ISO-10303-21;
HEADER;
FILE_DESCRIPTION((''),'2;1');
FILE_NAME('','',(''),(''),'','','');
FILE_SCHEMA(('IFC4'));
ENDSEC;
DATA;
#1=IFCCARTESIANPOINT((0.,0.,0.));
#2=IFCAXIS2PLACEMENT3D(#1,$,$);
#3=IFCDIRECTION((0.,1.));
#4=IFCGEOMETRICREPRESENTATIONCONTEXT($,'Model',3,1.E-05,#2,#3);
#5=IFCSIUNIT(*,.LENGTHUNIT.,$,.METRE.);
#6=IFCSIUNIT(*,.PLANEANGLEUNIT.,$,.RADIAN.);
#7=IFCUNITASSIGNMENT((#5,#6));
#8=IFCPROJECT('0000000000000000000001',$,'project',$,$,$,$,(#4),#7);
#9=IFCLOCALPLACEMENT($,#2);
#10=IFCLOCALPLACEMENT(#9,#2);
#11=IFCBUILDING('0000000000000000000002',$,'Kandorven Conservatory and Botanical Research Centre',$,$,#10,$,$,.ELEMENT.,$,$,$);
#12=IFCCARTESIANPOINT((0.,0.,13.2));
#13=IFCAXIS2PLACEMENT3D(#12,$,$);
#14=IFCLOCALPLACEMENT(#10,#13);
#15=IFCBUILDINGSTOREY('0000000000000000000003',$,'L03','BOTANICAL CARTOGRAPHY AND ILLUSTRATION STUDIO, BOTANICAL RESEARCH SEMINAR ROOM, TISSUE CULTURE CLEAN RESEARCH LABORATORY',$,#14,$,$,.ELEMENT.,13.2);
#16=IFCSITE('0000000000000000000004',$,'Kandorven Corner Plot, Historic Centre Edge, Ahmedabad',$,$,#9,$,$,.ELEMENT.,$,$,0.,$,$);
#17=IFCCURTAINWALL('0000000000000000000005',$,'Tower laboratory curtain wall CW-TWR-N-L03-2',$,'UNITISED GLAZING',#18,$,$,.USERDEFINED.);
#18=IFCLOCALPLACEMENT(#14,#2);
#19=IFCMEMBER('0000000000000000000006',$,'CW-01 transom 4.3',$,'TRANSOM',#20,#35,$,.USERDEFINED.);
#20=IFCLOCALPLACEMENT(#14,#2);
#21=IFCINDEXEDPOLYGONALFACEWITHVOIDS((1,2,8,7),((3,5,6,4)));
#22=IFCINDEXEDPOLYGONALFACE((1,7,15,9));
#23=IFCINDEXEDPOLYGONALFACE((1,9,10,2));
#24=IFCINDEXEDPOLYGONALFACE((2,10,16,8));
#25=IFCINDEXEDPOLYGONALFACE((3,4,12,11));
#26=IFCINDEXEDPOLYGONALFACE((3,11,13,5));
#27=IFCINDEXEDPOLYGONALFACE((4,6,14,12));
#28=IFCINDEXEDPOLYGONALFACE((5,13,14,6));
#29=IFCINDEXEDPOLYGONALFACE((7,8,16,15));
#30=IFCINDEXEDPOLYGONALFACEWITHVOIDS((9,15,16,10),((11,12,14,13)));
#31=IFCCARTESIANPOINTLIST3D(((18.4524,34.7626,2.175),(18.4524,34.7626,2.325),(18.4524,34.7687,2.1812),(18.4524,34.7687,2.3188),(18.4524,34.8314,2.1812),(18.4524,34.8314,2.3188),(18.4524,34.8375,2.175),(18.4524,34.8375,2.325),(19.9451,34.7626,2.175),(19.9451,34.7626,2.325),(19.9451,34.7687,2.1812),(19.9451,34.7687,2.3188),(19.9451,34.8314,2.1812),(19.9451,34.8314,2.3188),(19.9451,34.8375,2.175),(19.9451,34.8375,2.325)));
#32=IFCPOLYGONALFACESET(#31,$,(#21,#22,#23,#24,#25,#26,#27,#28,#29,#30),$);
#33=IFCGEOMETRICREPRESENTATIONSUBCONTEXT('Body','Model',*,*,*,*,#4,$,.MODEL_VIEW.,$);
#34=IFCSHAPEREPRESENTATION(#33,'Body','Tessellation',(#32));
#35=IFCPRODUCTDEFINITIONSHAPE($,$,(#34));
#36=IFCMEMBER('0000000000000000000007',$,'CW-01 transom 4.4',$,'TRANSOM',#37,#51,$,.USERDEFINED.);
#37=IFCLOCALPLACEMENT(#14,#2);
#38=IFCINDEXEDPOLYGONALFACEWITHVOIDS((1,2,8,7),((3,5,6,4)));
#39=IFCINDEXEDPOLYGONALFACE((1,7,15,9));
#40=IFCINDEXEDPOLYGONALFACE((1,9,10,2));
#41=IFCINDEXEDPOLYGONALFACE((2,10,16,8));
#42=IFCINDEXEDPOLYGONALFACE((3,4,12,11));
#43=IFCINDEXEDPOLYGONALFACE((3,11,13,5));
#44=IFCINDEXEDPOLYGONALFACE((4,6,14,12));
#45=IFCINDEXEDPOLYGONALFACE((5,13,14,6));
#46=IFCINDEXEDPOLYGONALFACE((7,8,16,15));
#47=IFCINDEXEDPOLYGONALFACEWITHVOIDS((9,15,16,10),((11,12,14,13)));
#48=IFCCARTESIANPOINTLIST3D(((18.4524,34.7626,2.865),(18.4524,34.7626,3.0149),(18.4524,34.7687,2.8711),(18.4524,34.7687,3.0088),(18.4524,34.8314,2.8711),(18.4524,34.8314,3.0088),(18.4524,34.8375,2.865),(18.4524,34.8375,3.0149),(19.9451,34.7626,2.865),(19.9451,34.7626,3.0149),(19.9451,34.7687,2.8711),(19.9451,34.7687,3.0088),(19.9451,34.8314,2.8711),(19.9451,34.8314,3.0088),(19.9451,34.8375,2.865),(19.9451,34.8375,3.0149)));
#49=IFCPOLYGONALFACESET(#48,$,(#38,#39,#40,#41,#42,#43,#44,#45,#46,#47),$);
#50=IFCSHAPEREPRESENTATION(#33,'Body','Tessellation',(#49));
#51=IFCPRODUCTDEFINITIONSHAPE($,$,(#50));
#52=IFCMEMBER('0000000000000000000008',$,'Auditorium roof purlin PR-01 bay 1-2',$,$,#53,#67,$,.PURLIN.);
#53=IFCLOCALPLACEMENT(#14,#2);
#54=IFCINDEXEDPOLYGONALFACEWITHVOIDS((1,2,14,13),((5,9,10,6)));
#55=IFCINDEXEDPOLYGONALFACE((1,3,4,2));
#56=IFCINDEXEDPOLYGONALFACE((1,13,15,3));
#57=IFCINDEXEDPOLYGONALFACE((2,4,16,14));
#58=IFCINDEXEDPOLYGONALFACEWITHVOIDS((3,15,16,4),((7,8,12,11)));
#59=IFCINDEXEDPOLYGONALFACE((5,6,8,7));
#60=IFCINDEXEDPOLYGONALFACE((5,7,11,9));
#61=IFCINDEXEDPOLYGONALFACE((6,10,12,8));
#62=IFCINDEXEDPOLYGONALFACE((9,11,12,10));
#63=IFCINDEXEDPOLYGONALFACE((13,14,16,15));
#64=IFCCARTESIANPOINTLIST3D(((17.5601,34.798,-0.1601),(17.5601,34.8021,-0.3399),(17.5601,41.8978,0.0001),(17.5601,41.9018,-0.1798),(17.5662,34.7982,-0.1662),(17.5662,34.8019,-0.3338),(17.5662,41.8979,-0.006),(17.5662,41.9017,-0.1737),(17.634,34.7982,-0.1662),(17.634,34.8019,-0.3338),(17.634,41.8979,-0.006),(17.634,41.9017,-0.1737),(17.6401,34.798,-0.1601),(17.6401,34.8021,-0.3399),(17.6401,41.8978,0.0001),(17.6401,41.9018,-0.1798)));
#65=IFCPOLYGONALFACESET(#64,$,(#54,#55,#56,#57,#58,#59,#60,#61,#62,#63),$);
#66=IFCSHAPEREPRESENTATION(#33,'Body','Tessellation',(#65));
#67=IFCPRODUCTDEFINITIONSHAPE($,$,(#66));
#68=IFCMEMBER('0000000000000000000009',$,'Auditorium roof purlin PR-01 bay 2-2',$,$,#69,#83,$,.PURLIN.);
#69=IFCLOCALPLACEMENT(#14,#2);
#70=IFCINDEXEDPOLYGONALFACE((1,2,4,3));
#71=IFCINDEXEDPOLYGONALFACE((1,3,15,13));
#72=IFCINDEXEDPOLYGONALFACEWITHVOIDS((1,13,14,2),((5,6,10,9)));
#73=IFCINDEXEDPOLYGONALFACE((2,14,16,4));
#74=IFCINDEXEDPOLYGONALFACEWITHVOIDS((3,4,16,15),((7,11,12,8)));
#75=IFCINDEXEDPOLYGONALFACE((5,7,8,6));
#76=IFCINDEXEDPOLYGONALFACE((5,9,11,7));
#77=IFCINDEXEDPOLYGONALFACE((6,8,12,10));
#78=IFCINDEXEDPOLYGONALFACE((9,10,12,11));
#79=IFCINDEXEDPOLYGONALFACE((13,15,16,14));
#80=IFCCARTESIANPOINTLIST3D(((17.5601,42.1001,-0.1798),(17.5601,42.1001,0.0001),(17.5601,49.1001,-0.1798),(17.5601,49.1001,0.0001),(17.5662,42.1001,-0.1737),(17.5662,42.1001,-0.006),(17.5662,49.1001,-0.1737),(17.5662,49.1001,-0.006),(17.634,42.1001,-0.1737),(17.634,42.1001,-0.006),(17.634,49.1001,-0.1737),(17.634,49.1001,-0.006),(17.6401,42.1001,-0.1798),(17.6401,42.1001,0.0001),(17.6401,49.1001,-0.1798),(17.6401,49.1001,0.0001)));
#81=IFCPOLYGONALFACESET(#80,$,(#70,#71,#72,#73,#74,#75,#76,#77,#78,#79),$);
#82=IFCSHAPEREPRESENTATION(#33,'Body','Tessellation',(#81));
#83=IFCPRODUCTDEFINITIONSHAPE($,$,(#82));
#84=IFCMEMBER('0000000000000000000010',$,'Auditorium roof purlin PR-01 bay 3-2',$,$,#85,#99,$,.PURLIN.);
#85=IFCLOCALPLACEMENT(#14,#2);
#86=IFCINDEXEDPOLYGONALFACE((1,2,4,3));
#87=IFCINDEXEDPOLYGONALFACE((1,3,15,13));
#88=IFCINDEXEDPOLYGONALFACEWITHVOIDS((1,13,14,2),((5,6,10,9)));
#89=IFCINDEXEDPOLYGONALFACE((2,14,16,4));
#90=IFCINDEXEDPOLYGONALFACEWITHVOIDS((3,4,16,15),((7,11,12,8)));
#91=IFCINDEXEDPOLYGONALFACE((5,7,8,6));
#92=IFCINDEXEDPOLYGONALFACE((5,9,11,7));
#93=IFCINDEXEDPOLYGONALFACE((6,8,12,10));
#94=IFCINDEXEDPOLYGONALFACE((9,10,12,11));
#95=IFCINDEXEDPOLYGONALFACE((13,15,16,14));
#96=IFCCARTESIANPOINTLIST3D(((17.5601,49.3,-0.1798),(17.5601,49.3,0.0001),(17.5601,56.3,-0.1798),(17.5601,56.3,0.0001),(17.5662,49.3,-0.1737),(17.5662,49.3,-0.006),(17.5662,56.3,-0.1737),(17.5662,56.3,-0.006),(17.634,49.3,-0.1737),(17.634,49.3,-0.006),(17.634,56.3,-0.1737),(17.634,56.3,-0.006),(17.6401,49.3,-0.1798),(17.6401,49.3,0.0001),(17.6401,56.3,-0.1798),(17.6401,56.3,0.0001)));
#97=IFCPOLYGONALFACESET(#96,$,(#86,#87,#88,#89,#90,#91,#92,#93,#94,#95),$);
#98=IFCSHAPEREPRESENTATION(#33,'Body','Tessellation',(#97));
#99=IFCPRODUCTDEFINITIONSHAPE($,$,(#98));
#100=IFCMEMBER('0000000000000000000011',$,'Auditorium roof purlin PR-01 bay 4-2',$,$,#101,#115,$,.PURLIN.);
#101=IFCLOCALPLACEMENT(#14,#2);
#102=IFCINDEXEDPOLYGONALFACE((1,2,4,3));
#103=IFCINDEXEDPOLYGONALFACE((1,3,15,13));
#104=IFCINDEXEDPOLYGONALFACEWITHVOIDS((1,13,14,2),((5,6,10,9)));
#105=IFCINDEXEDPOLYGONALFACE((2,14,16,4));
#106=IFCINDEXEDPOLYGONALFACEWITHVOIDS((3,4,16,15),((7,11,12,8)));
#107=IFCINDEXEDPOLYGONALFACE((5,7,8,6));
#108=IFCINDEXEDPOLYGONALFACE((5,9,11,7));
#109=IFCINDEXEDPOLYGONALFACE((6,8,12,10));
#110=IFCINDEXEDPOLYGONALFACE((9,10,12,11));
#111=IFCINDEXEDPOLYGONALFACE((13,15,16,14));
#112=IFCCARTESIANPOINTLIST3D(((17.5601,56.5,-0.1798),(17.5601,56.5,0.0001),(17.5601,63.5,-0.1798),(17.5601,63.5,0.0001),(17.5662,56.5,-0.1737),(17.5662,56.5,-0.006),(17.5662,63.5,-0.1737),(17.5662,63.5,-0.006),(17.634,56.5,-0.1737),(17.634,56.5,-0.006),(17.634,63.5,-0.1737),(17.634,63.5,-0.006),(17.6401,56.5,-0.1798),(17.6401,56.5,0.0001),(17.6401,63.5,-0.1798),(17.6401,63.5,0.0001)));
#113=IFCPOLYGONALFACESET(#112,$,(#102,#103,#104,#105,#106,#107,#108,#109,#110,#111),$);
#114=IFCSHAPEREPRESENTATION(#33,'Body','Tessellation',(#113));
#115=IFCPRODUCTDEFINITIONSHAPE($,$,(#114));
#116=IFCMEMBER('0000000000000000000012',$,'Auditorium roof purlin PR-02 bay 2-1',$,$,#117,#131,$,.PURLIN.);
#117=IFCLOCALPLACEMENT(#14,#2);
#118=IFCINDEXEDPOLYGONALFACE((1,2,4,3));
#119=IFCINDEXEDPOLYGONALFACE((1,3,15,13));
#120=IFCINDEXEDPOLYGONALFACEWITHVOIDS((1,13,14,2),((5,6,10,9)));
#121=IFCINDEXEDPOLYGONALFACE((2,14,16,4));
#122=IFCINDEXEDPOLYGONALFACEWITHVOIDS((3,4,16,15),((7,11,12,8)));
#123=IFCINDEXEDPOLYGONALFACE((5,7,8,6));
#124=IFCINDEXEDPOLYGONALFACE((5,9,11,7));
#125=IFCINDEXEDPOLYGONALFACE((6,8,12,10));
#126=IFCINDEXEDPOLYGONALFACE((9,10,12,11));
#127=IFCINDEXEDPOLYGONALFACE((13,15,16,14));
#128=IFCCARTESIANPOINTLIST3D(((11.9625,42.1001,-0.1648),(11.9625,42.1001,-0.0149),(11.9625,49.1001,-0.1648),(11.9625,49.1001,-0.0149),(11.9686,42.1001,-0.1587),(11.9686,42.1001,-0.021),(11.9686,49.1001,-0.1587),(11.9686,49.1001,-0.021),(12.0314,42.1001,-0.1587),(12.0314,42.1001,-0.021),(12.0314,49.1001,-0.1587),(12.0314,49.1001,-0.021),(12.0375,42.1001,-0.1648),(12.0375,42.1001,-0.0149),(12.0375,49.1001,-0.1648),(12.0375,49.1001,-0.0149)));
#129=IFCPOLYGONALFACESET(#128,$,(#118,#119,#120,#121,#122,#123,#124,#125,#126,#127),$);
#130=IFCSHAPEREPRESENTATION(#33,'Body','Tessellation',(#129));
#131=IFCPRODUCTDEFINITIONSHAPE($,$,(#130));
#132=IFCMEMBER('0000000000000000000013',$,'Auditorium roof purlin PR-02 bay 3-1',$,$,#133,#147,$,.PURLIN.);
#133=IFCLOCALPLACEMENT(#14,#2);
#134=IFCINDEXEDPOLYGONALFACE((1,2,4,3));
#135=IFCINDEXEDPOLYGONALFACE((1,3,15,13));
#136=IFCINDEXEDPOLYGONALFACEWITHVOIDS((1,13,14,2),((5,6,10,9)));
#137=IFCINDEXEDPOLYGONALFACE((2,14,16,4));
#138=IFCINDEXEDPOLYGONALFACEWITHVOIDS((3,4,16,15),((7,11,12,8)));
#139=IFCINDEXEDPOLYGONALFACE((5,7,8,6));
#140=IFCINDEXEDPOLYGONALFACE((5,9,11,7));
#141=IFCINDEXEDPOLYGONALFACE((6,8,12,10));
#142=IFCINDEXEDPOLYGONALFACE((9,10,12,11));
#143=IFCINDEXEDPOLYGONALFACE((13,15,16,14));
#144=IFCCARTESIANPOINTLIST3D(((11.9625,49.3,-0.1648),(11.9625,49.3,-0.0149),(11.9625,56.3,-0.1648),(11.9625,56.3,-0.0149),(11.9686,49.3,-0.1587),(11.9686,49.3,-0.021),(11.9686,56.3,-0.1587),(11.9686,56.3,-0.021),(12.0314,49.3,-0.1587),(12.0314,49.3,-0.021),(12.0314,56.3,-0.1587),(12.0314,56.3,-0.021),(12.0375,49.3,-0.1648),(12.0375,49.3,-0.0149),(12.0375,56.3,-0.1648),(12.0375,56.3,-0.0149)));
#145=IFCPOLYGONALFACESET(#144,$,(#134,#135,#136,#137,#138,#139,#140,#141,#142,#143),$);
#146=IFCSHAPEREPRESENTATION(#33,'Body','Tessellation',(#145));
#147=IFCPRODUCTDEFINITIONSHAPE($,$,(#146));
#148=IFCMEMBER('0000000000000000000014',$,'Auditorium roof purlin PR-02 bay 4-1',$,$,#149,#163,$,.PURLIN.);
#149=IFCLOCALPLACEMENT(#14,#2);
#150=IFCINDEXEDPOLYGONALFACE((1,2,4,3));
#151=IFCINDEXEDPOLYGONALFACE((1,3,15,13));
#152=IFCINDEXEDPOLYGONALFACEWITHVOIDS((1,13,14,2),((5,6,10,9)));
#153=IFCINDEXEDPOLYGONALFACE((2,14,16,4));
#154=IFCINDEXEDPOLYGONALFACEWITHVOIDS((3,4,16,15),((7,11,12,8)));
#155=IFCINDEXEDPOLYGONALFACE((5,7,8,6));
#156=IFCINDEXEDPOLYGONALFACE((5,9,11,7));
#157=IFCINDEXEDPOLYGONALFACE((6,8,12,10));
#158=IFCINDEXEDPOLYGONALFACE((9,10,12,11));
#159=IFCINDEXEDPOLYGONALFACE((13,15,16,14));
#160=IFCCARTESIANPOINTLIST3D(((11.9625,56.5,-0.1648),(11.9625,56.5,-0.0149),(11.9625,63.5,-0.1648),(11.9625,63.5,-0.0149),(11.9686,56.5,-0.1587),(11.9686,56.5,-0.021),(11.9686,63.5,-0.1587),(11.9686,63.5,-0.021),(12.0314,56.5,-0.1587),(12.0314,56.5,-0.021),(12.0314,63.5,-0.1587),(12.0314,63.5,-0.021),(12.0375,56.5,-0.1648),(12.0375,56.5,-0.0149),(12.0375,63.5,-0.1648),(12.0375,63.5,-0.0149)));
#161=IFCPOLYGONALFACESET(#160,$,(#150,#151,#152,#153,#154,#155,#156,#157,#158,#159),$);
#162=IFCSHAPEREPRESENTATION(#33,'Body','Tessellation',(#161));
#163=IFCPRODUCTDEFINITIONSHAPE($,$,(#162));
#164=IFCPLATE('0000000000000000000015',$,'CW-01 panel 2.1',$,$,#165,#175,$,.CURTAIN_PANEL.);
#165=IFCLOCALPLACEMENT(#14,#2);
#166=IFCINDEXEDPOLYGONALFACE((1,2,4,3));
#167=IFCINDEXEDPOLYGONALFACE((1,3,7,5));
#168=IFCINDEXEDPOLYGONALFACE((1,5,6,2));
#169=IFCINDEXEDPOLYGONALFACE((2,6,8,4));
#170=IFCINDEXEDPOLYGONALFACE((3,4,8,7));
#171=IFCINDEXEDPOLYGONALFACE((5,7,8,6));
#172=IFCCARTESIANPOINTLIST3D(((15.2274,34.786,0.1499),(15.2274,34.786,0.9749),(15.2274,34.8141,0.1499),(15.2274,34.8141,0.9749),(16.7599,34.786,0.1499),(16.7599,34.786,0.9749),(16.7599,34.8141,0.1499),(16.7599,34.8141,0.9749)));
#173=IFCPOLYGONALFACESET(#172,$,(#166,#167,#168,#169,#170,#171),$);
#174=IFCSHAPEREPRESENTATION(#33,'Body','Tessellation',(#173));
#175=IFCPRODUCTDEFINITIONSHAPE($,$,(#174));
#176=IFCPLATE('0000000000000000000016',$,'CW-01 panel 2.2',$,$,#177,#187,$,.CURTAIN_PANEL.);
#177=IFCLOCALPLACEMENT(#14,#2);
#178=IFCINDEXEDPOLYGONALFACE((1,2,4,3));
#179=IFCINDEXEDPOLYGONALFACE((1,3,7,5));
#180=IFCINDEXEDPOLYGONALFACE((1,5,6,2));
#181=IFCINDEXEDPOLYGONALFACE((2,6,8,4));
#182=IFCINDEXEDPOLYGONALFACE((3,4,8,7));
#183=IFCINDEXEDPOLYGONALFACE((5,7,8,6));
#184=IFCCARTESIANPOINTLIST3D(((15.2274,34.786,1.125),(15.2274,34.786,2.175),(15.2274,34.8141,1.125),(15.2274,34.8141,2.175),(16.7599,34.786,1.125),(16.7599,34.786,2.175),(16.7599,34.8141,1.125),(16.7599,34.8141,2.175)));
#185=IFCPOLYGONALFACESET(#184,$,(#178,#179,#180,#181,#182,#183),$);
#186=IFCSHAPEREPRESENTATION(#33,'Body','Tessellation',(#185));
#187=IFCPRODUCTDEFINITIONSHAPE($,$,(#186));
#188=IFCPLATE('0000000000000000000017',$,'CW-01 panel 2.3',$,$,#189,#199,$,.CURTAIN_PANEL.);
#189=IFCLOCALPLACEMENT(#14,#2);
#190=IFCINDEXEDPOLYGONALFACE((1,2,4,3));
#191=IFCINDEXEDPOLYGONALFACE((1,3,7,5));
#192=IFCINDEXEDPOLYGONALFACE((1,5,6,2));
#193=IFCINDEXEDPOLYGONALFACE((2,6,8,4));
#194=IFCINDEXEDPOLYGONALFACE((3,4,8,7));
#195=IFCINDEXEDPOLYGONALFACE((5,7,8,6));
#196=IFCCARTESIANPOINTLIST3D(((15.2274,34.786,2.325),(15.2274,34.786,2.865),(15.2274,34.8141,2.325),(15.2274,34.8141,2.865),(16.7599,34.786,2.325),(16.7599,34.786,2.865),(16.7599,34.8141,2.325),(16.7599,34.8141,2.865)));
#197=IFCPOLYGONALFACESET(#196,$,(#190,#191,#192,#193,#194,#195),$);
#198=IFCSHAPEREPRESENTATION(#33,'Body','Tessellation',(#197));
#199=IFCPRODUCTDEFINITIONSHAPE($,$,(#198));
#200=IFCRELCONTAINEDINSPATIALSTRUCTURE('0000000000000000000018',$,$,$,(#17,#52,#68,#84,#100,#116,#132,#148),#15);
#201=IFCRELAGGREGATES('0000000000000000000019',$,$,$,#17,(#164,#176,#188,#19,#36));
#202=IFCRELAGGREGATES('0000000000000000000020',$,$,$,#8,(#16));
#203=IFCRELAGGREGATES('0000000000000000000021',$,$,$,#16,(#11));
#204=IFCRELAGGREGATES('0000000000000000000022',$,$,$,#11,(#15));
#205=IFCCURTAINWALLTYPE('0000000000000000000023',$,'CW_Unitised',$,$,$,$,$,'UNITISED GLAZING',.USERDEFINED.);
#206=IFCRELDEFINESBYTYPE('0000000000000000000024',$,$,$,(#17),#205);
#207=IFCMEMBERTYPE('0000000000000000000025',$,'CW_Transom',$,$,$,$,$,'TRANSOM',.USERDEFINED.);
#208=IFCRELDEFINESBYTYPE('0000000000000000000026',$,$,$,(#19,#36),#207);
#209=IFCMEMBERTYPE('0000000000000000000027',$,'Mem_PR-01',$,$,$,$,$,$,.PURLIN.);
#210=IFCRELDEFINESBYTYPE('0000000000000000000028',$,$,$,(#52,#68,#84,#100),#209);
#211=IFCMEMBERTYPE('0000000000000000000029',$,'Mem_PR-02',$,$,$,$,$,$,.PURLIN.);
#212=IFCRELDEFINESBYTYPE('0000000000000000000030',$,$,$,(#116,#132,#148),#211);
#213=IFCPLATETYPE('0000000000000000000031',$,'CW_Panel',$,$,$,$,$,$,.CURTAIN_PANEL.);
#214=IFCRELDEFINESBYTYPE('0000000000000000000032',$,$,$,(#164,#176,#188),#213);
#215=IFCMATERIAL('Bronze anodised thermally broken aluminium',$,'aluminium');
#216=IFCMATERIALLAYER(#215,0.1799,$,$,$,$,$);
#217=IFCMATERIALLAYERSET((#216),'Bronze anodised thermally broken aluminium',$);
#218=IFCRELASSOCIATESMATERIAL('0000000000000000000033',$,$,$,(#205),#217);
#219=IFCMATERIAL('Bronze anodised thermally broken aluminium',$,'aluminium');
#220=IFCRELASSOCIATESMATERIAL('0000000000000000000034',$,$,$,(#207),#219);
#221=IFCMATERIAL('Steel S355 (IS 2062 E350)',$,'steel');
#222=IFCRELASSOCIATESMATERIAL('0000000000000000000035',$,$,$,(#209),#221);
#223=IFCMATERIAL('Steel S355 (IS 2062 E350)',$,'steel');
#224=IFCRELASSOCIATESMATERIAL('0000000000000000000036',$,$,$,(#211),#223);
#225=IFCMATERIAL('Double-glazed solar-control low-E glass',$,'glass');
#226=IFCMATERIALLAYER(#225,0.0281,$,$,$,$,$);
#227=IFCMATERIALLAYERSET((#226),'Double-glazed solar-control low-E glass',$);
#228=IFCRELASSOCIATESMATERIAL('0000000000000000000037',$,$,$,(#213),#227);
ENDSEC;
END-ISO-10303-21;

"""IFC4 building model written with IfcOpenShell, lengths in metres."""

from ifc_helpers import new_model, si_unit, direction, frame, origin, origin_2d, place, context, subcontext, project, spatial, rectangle, hollow_rectangle, extrude, material, layer, layer_set, material_profile, profile_set, type_object, element, aggregate, save


model = new_model("IFC4")

# Units and contexts
model_context = context("Model", 3, precision=1e-05, world=origin(), true_north=direction((0.0, 1.0)))
body_context = subcontext(model_context, "Body", "Model", "MODEL_VIEW")
ifc_project = project(units=[si_unit("LENGTHUNIT", "METRE"), si_unit("PLANEANGLEUNIT", "RADIAN")], contexts=[model_context])

# Site, building, storey
site_placement = place(None, origin())
site = spatial("IfcSite", under=ifc_project, at=site_placement, Name="Kandorven Corner Plot, Historic Centre Edge, Ahmedabad", CompositionType="ELEMENT", RefElevation=0.0)
building_placement = place(site_placement, origin())
building = spatial("IfcBuilding", under=site, at=building_placement, Name="Kandorven Conservatory and Botanical Research Centre", CompositionType="ELEMENT")
storey_placement = place(building_placement, frame((0.0, 0.0, 13.2)))
storey = spatial("IfcBuildingStorey", under=building, at=storey_placement, Name="L03", Description="BOTANICAL CARTOGRAPHY AND ILLUSTRATION STUDIO, BOTANICAL RESEARCH SEMINAR ROOM, TISSUE CULTURE CLEAN RESEARCH LABORATORY", CompositionType="ELEMENT", Elevation=13.2)

# Curtain wall, members
ifc_material_1 = material(Name="Bronze anodised thermally broken aluminium", Category="aluminium")
ifc_layer_1 = layer(ifc_material_1, 0.1799)
ifc_layer_set_1 = layer_set([ifc_layer_1], Name="Bronze anodised thermally broken aluminium")
curtain_wall_type = type_object("IfcCurtainWallType", Name="CW_Unitised", ElementType="UNITISED GLAZING", PredefinedType="USERDEFINED", material=ifc_layer_set_1)
curtain_wall_placement = place(storey_placement, origin())
curtain_wall = element("IfcCurtainWall", 1, at=curtain_wall_placement, inside=storey, type_object=curtain_wall_type, Name="Tower laboratory curtain wall CW-TWR-N-L03-2", ObjectType="UNITISED GLAZING", PredefinedType="USERDEFINED")
ifc_material_2 = material(Name="Bronze anodised thermally broken aluminium", Category="aluminium")
ifc_material_profile_1 = material_profile(ifc_material_2, hollow_rectangle(XDim=0.075, YDim=0.1499, WallThickness=0.0061, at=origin_2d()))
ifc_profile_set_1 = profile_set([ifc_material_profile_1], Name="Bronze anodised thermally broken aluminium")
member_type_1 = type_object("IfcMemberType", Name="CW_Transom", ElementType="TRANSOM", PredefinedType="USERDEFINED", material=ifc_profile_set_1)
member_1_placement = place(storey_placement, frame((18.4524, 34.8, 2.25), z_axis=(1.0, 0.0, 0.0), x_axis=(0.0, 1.0, 0.0)))
member_1 = element("IfcMember", 2, at=member_1_placement, type_object=member_type_1, Name="CW-01 transom 4.3", ObjectType="TRANSOM", PredefinedType="USERDEFINED", context=body_context, shape_type="SweptSolid", body=[
    extrude(hollow_rectangle(XDim=0.075, YDim=0.1499, WallThickness=0.0061, at=origin_2d()), origin(), (0.0, 0.0, 1.0), 1.4927),
])
member_2_placement = place(storey_placement, frame((18.4524, 34.8, 2.9399), z_axis=(1.0, 0.0, 0.0), x_axis=(0.0, 1.0, 0.0)))
member_2 = element("IfcMember", 3, at=member_2_placement, type_object=member_type_1, Name="CW-01 transom 4.4", ObjectType="TRANSOM", PredefinedType="USERDEFINED", context=body_context, shape_type="SweptSolid", body=[
    extrude(hollow_rectangle(XDim=0.075, YDim=0.1499, WallThickness=0.0061, at=origin_2d()), origin(), (0.0, 0.0, 1.0), 1.4927),
])

# Members
ifc_material_3 = material(Name="Steel S355 (IS 2062 E350)", Category="steel")
ifc_material_profile_2 = material_profile(ifc_material_3, hollow_rectangle(XDim=0.0801, YDim=0.1799, WallThickness=0.0061, at=origin_2d()))
ifc_profile_set_2 = profile_set([ifc_material_profile_2], Name="Steel S355 (IS 2062 E350)")
member_type_2 = type_object("IfcMemberType", Name="Mem_PR-01", PredefinedType="PURLIN", material=ifc_profile_set_2)
member_3_placement = place(storey_placement, frame((17.6001, 34.8, -0.25), z_axis=(0.0, 0.999746, 0.022552), x_axis=(-1.0, 0.0, 0.0)))
element("IfcMember", 4, at=member_3_placement, inside=storey, type_object=member_type_2, Name="Auditorium roof purlin PR-01 bay 1-2", PredefinedType="PURLIN", context=body_context, shape_type="SweptSolid", body=[
    extrude(hollow_rectangle(XDim=0.0801, YDim=0.1799, WallThickness=0.0061, at=origin_2d()), origin(), (0.0, 0.0, 1.0), 7.1016),
])
for number, where, z_axis, x_axis, name in (
    (5, (17.6001, 42.1001, -0.0898), (0.0, 1.0, 0.0), (-1.0, 0.0, 0.0), "Auditorium roof purlin PR-01 bay 2-2"),
    (6, (17.6001, 49.3, -0.0898), (0.0, 1.0, 0.0), (-1.0, 0.0, 0.0), "Auditorium roof purlin PR-01 bay 3-2"),
    (7, (17.6001, 56.5, -0.0898), (0.0, 1.0, 0.0), (-1.0, 0.0, 0.0), "Auditorium roof purlin PR-01 bay 4-2"),
):
    element("IfcMember", number, at=place(storey_placement, frame(where, z_axis=z_axis, x_axis=x_axis)), inside=storey, type_object=member_type_2, Name=name, PredefinedType="PURLIN", context=body_context, shape_type="SweptSolid", body=[
        extrude(hollow_rectangle(XDim=0.0801, YDim=0.1799, WallThickness=0.0061, at=origin_2d()), origin(), (0.0, 0.0, 1.0), 7.0),
    ])
ifc_material_4 = material(Name="Steel S355 (IS 2062 E350)", Category="steel")
ifc_material_profile_3 = material_profile(ifc_material_4, hollow_rectangle(XDim=0.075, YDim=0.1499, WallThickness=0.0061, at=origin_2d()))
ifc_profile_set_3 = profile_set([ifc_material_profile_3], Name="Steel S355 (IS 2062 E350)")
member_type_3 = type_object("IfcMemberType", Name="Mem_PR-02", PredefinedType="PURLIN", material=ifc_profile_set_3)
for number, where, z_axis, x_axis, name in (
    (8, (12.0, 42.1001, -0.0898), (0.0, 1.0, 0.0), (-1.0, 0.0, 0.0), "Auditorium roof purlin PR-02 bay 2-1"),
    (9, (12.0, 49.3, -0.0898), (0.0, 1.0, 0.0), (-1.0, 0.0, 0.0), "Auditorium roof purlin PR-02 bay 3-1"),
    (10, (12.0, 56.5, -0.0898), (0.0, 1.0, 0.0), (-1.0, 0.0, 0.0), "Auditorium roof purlin PR-02 bay 4-1"),
):
    element("IfcMember", number, at=place(storey_placement, frame(where, z_axis=z_axis, x_axis=x_axis)), inside=storey, type_object=member_type_3, Name=name, PredefinedType="PURLIN", context=body_context, shape_type="SweptSolid", body=[
        extrude(hollow_rectangle(XDim=0.075, YDim=0.1499, WallThickness=0.0061, at=origin_2d()), origin(), (0.0, 0.0, 1.0), 7.0),
    ])

# Plates
ifc_material_5 = material(Name="Double-glazed solar-control low-E glass", Category="glass")
ifc_layer_2 = layer(ifc_material_5, 0.0281)
ifc_layer_set_2 = layer_set([ifc_layer_2], Name="Double-glazed solar-control low-E glass")
plate_type = type_object("IfcPlateType", Name="CW_Panel", PredefinedType="CURTAIN_PANEL", material=ifc_layer_set_2)
plate_1_placement = place(storey_placement, frame((15.9937, 34.8, 0.1499), z_axis=(0.0, 0.0, 1.0), x_axis=(1.0, 0.0, 0.0)))
plate_1 = element("IfcPlate", 11, at=plate_1_placement, type_object=plate_type, Name="CW-01 panel 2.1", PredefinedType="CURTAIN_PANEL", context=body_context, shape_type="SweptSolid", body=[
    extrude(rectangle(XDim=1.5325, YDim=0.0281, at=origin_2d()), origin(), (0.0, 0.0, 1.0), 0.825),
])
plate_2_placement = place(storey_placement, frame((15.9937, 34.8, 1.125), z_axis=(0.0, 0.0, 1.0), x_axis=(1.0, 0.0, 0.0)))
plate_2 = element("IfcPlate", 12, at=plate_2_placement, type_object=plate_type, Name="CW-01 panel 2.2", PredefinedType="CURTAIN_PANEL", context=body_context, shape_type="SweptSolid", body=[
    extrude(rectangle(XDim=1.5325, YDim=0.0281, at=origin_2d()), origin(), (0.0, 0.0, 1.0), 1.05),
])
plate_3_placement = place(storey_placement, frame((15.9937, 34.8, 2.325), z_axis=(0.0, 0.0, 1.0), x_axis=(1.0, 0.0, 0.0)))
plate_3 = element("IfcPlate", 13, at=plate_3_placement, type_object=plate_type, Name="CW-01 panel 2.3", PredefinedType="CURTAIN_PANEL", context=body_context, shape_type="SweptSolid", body=[
    extrude(rectangle(XDim=1.5325, YDim=0.0281, at=origin_2d()), origin(), (0.0, 0.0, 1.0), 0.54),
])
aggregate(curtain_wall, [plate_1, plate_2, plate_3, member_1, member_2])

save(model, "model.ifc")
